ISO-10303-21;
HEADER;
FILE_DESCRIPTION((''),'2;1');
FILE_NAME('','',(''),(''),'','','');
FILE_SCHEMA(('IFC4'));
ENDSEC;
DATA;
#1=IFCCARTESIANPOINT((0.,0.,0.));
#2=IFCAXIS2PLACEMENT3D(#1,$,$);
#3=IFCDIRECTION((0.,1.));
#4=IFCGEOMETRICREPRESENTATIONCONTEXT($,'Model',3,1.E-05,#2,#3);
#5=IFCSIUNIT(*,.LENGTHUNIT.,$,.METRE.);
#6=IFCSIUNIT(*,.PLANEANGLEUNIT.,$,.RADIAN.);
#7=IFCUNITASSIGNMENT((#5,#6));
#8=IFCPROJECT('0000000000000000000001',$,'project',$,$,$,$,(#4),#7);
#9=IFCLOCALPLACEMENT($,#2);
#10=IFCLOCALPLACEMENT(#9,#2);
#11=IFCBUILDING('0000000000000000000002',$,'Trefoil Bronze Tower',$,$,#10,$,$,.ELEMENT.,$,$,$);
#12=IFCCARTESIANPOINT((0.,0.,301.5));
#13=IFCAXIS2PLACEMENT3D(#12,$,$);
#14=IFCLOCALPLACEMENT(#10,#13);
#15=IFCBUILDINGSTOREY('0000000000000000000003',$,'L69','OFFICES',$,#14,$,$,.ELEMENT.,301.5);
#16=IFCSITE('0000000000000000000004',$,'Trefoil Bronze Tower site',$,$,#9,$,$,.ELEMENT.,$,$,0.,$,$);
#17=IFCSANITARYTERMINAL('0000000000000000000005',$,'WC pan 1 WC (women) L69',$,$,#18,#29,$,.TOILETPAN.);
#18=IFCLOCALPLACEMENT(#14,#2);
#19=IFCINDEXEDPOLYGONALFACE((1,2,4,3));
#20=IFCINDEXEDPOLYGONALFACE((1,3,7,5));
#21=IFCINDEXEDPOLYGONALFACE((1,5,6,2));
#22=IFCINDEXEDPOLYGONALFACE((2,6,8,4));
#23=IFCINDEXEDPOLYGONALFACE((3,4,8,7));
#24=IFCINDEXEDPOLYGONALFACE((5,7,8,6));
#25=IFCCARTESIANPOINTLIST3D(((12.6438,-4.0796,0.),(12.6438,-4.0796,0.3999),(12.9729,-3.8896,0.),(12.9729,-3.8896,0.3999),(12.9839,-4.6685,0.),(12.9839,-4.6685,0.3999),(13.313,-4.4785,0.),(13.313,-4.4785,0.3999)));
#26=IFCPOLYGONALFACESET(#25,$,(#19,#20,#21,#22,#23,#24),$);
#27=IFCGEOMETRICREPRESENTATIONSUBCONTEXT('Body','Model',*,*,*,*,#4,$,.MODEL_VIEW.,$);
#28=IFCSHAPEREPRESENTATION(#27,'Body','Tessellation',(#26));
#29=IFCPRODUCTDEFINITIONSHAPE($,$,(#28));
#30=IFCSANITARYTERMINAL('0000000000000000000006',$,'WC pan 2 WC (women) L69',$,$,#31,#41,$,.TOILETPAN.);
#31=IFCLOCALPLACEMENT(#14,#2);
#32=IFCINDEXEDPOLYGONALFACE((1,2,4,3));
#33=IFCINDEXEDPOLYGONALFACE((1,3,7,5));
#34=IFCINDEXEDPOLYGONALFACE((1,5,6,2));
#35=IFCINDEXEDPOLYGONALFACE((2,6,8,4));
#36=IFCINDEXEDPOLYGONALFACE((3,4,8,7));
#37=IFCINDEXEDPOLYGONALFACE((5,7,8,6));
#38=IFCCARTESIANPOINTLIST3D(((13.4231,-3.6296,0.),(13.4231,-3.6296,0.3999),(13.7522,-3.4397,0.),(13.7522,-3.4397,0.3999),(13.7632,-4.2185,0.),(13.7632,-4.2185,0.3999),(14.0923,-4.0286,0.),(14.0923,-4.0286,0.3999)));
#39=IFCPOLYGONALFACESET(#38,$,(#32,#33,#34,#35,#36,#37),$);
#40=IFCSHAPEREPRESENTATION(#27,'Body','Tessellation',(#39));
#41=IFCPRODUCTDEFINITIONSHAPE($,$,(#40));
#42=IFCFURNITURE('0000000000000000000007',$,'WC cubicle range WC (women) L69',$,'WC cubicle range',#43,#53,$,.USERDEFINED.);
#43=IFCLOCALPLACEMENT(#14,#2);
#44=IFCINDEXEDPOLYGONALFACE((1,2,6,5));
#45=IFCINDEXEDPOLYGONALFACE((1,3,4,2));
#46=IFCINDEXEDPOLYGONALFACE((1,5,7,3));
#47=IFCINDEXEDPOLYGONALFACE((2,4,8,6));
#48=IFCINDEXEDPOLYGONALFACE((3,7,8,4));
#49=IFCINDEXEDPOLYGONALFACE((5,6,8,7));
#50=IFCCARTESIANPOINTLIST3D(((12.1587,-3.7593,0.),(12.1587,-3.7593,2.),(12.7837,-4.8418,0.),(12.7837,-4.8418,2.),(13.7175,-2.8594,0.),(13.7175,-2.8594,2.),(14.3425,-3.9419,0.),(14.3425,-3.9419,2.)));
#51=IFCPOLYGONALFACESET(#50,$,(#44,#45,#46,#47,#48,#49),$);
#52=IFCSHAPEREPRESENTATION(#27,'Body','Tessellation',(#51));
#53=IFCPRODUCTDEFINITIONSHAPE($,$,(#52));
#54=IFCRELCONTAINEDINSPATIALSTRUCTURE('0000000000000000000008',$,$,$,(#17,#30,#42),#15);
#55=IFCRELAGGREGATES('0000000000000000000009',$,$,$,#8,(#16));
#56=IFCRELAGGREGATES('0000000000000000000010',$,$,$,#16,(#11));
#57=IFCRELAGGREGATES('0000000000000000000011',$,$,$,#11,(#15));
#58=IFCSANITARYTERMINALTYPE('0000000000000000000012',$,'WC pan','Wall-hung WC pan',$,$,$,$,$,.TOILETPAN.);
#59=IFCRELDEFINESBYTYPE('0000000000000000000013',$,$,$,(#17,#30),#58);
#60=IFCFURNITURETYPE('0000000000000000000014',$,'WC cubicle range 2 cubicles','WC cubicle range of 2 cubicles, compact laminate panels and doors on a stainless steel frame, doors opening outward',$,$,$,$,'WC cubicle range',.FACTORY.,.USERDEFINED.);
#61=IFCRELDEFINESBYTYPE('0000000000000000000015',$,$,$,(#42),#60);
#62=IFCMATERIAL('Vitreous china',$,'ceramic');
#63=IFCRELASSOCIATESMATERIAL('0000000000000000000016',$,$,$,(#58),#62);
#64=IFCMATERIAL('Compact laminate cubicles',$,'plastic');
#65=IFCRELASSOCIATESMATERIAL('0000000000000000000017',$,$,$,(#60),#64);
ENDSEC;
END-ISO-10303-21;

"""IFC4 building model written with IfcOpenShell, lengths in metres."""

from ifc_helpers import new_model, si_unit, direction, frame, origin, place, context, subcontext, project, spatial, polyline, outline, extrude, material, type_object, element, save


model = new_model("IFC4")

# Units and contexts
model_context = context("Model", 3, precision=1e-05, world=origin(), true_north=direction((0.0, 1.0)))
body_context = subcontext(model_context, "Body", "Model", "MODEL_VIEW")
ifc_project = project(units=[si_unit("LENGTHUNIT", "METRE"), si_unit("PLANEANGLEUNIT", "RADIAN")], contexts=[model_context])

# Site, building, storey
site_placement = place(None, origin())
site = spatial("IfcSite", under=ifc_project, at=site_placement, Name="Trefoil Bronze Tower site", CompositionType="ELEMENT", RefElevation=0.0)
building_placement = place(site_placement, origin())
building = spatial("IfcBuilding", under=site, at=building_placement, Name="Trefoil Bronze Tower", CompositionType="ELEMENT")
storey_placement = place(building_placement, frame((0.0, 0.0, 301.5)))
storey = spatial("IfcBuildingStorey", under=building, at=storey_placement, Name="L69", Description="OFFICES", CompositionType="ELEMENT", Elevation=301.5)

# Sanitary terminals
ifc_material_1 = material(Name="Vitreous china", Category="ceramic")
sanitary_terminal_type_1 = type_object("IfcSanitaryTerminalType", Name="WC pan", Description="Wall-hung WC pan", PredefinedType="TOILETPAN", material=ifc_material_1)
sanitary_terminal_1_placement = place(storey_placement, origin())
element("IfcSanitaryTerminal", 1, at=sanitary_terminal_1_placement, inside=storey, type_object=sanitary_terminal_type_1, Name="WC pan 1 WC (women) L69", PredefinedType="TOILETPAN", context=body_context, shape_type="SweptSolid", body=[
    extrude(outline(polyline([(12.6438, -4.0796), (12.9839, -4.6685), (13.313, -4.4785), (12.9729, -3.8896), (12.6438, -4.0796)])), origin(), (0.0, 0.0, 1.0), 0.3999),
])
sanitary_terminal_2_placement = place(storey_placement, origin())
element("IfcSanitaryTerminal", 2, at=sanitary_terminal_2_placement, inside=storey, type_object=sanitary_terminal_type_1, Name="WC pan 2 WC (women) L69", PredefinedType="TOILETPAN", context=body_context, shape_type="SweptSolid", body=[
    extrude(outline(polyline([(13.4231, -3.6296), (13.7632, -4.2185), (14.0923, -4.0286), (13.7522, -3.4397), (13.4231, -3.6296)])), origin(), (0.0, 0.0, 1.0), 0.3999),
])

# Furniture
ifc_material_2 = material(Name="Compact laminate cubicles", Category="plastic")
furniture_type = type_object("IfcFurnitureType", Name="WC cubicle range 2 cubicles", Description="WC cubicle range of 2 cubicles, compact laminate panels and doors on a stainless steel frame, doors opening outward", ElementType="WC cubicle range", AssemblyPlace="FACTORY", PredefinedType="USERDEFINED", material=ifc_material_2)
furniture_placement = place(storey_placement, origin())
element("IfcFurniture", 3, at=furniture_placement, inside=storey, type_object=furniture_type, Name="WC cubicle range WC (women) L69", ObjectType="WC cubicle range", PredefinedType="USERDEFINED", context=body_context, shape_type="SweptSolid", body=[
    extrude(outline(polyline([(12.1587, -3.7593), (12.7837, -4.8418), (14.3425, -3.9419), (13.7175, -2.8594), (12.1587, -3.7593)])), origin(), (0.0, 0.0, 1.0), 2.0),
])

save(model, "model.ifc")
